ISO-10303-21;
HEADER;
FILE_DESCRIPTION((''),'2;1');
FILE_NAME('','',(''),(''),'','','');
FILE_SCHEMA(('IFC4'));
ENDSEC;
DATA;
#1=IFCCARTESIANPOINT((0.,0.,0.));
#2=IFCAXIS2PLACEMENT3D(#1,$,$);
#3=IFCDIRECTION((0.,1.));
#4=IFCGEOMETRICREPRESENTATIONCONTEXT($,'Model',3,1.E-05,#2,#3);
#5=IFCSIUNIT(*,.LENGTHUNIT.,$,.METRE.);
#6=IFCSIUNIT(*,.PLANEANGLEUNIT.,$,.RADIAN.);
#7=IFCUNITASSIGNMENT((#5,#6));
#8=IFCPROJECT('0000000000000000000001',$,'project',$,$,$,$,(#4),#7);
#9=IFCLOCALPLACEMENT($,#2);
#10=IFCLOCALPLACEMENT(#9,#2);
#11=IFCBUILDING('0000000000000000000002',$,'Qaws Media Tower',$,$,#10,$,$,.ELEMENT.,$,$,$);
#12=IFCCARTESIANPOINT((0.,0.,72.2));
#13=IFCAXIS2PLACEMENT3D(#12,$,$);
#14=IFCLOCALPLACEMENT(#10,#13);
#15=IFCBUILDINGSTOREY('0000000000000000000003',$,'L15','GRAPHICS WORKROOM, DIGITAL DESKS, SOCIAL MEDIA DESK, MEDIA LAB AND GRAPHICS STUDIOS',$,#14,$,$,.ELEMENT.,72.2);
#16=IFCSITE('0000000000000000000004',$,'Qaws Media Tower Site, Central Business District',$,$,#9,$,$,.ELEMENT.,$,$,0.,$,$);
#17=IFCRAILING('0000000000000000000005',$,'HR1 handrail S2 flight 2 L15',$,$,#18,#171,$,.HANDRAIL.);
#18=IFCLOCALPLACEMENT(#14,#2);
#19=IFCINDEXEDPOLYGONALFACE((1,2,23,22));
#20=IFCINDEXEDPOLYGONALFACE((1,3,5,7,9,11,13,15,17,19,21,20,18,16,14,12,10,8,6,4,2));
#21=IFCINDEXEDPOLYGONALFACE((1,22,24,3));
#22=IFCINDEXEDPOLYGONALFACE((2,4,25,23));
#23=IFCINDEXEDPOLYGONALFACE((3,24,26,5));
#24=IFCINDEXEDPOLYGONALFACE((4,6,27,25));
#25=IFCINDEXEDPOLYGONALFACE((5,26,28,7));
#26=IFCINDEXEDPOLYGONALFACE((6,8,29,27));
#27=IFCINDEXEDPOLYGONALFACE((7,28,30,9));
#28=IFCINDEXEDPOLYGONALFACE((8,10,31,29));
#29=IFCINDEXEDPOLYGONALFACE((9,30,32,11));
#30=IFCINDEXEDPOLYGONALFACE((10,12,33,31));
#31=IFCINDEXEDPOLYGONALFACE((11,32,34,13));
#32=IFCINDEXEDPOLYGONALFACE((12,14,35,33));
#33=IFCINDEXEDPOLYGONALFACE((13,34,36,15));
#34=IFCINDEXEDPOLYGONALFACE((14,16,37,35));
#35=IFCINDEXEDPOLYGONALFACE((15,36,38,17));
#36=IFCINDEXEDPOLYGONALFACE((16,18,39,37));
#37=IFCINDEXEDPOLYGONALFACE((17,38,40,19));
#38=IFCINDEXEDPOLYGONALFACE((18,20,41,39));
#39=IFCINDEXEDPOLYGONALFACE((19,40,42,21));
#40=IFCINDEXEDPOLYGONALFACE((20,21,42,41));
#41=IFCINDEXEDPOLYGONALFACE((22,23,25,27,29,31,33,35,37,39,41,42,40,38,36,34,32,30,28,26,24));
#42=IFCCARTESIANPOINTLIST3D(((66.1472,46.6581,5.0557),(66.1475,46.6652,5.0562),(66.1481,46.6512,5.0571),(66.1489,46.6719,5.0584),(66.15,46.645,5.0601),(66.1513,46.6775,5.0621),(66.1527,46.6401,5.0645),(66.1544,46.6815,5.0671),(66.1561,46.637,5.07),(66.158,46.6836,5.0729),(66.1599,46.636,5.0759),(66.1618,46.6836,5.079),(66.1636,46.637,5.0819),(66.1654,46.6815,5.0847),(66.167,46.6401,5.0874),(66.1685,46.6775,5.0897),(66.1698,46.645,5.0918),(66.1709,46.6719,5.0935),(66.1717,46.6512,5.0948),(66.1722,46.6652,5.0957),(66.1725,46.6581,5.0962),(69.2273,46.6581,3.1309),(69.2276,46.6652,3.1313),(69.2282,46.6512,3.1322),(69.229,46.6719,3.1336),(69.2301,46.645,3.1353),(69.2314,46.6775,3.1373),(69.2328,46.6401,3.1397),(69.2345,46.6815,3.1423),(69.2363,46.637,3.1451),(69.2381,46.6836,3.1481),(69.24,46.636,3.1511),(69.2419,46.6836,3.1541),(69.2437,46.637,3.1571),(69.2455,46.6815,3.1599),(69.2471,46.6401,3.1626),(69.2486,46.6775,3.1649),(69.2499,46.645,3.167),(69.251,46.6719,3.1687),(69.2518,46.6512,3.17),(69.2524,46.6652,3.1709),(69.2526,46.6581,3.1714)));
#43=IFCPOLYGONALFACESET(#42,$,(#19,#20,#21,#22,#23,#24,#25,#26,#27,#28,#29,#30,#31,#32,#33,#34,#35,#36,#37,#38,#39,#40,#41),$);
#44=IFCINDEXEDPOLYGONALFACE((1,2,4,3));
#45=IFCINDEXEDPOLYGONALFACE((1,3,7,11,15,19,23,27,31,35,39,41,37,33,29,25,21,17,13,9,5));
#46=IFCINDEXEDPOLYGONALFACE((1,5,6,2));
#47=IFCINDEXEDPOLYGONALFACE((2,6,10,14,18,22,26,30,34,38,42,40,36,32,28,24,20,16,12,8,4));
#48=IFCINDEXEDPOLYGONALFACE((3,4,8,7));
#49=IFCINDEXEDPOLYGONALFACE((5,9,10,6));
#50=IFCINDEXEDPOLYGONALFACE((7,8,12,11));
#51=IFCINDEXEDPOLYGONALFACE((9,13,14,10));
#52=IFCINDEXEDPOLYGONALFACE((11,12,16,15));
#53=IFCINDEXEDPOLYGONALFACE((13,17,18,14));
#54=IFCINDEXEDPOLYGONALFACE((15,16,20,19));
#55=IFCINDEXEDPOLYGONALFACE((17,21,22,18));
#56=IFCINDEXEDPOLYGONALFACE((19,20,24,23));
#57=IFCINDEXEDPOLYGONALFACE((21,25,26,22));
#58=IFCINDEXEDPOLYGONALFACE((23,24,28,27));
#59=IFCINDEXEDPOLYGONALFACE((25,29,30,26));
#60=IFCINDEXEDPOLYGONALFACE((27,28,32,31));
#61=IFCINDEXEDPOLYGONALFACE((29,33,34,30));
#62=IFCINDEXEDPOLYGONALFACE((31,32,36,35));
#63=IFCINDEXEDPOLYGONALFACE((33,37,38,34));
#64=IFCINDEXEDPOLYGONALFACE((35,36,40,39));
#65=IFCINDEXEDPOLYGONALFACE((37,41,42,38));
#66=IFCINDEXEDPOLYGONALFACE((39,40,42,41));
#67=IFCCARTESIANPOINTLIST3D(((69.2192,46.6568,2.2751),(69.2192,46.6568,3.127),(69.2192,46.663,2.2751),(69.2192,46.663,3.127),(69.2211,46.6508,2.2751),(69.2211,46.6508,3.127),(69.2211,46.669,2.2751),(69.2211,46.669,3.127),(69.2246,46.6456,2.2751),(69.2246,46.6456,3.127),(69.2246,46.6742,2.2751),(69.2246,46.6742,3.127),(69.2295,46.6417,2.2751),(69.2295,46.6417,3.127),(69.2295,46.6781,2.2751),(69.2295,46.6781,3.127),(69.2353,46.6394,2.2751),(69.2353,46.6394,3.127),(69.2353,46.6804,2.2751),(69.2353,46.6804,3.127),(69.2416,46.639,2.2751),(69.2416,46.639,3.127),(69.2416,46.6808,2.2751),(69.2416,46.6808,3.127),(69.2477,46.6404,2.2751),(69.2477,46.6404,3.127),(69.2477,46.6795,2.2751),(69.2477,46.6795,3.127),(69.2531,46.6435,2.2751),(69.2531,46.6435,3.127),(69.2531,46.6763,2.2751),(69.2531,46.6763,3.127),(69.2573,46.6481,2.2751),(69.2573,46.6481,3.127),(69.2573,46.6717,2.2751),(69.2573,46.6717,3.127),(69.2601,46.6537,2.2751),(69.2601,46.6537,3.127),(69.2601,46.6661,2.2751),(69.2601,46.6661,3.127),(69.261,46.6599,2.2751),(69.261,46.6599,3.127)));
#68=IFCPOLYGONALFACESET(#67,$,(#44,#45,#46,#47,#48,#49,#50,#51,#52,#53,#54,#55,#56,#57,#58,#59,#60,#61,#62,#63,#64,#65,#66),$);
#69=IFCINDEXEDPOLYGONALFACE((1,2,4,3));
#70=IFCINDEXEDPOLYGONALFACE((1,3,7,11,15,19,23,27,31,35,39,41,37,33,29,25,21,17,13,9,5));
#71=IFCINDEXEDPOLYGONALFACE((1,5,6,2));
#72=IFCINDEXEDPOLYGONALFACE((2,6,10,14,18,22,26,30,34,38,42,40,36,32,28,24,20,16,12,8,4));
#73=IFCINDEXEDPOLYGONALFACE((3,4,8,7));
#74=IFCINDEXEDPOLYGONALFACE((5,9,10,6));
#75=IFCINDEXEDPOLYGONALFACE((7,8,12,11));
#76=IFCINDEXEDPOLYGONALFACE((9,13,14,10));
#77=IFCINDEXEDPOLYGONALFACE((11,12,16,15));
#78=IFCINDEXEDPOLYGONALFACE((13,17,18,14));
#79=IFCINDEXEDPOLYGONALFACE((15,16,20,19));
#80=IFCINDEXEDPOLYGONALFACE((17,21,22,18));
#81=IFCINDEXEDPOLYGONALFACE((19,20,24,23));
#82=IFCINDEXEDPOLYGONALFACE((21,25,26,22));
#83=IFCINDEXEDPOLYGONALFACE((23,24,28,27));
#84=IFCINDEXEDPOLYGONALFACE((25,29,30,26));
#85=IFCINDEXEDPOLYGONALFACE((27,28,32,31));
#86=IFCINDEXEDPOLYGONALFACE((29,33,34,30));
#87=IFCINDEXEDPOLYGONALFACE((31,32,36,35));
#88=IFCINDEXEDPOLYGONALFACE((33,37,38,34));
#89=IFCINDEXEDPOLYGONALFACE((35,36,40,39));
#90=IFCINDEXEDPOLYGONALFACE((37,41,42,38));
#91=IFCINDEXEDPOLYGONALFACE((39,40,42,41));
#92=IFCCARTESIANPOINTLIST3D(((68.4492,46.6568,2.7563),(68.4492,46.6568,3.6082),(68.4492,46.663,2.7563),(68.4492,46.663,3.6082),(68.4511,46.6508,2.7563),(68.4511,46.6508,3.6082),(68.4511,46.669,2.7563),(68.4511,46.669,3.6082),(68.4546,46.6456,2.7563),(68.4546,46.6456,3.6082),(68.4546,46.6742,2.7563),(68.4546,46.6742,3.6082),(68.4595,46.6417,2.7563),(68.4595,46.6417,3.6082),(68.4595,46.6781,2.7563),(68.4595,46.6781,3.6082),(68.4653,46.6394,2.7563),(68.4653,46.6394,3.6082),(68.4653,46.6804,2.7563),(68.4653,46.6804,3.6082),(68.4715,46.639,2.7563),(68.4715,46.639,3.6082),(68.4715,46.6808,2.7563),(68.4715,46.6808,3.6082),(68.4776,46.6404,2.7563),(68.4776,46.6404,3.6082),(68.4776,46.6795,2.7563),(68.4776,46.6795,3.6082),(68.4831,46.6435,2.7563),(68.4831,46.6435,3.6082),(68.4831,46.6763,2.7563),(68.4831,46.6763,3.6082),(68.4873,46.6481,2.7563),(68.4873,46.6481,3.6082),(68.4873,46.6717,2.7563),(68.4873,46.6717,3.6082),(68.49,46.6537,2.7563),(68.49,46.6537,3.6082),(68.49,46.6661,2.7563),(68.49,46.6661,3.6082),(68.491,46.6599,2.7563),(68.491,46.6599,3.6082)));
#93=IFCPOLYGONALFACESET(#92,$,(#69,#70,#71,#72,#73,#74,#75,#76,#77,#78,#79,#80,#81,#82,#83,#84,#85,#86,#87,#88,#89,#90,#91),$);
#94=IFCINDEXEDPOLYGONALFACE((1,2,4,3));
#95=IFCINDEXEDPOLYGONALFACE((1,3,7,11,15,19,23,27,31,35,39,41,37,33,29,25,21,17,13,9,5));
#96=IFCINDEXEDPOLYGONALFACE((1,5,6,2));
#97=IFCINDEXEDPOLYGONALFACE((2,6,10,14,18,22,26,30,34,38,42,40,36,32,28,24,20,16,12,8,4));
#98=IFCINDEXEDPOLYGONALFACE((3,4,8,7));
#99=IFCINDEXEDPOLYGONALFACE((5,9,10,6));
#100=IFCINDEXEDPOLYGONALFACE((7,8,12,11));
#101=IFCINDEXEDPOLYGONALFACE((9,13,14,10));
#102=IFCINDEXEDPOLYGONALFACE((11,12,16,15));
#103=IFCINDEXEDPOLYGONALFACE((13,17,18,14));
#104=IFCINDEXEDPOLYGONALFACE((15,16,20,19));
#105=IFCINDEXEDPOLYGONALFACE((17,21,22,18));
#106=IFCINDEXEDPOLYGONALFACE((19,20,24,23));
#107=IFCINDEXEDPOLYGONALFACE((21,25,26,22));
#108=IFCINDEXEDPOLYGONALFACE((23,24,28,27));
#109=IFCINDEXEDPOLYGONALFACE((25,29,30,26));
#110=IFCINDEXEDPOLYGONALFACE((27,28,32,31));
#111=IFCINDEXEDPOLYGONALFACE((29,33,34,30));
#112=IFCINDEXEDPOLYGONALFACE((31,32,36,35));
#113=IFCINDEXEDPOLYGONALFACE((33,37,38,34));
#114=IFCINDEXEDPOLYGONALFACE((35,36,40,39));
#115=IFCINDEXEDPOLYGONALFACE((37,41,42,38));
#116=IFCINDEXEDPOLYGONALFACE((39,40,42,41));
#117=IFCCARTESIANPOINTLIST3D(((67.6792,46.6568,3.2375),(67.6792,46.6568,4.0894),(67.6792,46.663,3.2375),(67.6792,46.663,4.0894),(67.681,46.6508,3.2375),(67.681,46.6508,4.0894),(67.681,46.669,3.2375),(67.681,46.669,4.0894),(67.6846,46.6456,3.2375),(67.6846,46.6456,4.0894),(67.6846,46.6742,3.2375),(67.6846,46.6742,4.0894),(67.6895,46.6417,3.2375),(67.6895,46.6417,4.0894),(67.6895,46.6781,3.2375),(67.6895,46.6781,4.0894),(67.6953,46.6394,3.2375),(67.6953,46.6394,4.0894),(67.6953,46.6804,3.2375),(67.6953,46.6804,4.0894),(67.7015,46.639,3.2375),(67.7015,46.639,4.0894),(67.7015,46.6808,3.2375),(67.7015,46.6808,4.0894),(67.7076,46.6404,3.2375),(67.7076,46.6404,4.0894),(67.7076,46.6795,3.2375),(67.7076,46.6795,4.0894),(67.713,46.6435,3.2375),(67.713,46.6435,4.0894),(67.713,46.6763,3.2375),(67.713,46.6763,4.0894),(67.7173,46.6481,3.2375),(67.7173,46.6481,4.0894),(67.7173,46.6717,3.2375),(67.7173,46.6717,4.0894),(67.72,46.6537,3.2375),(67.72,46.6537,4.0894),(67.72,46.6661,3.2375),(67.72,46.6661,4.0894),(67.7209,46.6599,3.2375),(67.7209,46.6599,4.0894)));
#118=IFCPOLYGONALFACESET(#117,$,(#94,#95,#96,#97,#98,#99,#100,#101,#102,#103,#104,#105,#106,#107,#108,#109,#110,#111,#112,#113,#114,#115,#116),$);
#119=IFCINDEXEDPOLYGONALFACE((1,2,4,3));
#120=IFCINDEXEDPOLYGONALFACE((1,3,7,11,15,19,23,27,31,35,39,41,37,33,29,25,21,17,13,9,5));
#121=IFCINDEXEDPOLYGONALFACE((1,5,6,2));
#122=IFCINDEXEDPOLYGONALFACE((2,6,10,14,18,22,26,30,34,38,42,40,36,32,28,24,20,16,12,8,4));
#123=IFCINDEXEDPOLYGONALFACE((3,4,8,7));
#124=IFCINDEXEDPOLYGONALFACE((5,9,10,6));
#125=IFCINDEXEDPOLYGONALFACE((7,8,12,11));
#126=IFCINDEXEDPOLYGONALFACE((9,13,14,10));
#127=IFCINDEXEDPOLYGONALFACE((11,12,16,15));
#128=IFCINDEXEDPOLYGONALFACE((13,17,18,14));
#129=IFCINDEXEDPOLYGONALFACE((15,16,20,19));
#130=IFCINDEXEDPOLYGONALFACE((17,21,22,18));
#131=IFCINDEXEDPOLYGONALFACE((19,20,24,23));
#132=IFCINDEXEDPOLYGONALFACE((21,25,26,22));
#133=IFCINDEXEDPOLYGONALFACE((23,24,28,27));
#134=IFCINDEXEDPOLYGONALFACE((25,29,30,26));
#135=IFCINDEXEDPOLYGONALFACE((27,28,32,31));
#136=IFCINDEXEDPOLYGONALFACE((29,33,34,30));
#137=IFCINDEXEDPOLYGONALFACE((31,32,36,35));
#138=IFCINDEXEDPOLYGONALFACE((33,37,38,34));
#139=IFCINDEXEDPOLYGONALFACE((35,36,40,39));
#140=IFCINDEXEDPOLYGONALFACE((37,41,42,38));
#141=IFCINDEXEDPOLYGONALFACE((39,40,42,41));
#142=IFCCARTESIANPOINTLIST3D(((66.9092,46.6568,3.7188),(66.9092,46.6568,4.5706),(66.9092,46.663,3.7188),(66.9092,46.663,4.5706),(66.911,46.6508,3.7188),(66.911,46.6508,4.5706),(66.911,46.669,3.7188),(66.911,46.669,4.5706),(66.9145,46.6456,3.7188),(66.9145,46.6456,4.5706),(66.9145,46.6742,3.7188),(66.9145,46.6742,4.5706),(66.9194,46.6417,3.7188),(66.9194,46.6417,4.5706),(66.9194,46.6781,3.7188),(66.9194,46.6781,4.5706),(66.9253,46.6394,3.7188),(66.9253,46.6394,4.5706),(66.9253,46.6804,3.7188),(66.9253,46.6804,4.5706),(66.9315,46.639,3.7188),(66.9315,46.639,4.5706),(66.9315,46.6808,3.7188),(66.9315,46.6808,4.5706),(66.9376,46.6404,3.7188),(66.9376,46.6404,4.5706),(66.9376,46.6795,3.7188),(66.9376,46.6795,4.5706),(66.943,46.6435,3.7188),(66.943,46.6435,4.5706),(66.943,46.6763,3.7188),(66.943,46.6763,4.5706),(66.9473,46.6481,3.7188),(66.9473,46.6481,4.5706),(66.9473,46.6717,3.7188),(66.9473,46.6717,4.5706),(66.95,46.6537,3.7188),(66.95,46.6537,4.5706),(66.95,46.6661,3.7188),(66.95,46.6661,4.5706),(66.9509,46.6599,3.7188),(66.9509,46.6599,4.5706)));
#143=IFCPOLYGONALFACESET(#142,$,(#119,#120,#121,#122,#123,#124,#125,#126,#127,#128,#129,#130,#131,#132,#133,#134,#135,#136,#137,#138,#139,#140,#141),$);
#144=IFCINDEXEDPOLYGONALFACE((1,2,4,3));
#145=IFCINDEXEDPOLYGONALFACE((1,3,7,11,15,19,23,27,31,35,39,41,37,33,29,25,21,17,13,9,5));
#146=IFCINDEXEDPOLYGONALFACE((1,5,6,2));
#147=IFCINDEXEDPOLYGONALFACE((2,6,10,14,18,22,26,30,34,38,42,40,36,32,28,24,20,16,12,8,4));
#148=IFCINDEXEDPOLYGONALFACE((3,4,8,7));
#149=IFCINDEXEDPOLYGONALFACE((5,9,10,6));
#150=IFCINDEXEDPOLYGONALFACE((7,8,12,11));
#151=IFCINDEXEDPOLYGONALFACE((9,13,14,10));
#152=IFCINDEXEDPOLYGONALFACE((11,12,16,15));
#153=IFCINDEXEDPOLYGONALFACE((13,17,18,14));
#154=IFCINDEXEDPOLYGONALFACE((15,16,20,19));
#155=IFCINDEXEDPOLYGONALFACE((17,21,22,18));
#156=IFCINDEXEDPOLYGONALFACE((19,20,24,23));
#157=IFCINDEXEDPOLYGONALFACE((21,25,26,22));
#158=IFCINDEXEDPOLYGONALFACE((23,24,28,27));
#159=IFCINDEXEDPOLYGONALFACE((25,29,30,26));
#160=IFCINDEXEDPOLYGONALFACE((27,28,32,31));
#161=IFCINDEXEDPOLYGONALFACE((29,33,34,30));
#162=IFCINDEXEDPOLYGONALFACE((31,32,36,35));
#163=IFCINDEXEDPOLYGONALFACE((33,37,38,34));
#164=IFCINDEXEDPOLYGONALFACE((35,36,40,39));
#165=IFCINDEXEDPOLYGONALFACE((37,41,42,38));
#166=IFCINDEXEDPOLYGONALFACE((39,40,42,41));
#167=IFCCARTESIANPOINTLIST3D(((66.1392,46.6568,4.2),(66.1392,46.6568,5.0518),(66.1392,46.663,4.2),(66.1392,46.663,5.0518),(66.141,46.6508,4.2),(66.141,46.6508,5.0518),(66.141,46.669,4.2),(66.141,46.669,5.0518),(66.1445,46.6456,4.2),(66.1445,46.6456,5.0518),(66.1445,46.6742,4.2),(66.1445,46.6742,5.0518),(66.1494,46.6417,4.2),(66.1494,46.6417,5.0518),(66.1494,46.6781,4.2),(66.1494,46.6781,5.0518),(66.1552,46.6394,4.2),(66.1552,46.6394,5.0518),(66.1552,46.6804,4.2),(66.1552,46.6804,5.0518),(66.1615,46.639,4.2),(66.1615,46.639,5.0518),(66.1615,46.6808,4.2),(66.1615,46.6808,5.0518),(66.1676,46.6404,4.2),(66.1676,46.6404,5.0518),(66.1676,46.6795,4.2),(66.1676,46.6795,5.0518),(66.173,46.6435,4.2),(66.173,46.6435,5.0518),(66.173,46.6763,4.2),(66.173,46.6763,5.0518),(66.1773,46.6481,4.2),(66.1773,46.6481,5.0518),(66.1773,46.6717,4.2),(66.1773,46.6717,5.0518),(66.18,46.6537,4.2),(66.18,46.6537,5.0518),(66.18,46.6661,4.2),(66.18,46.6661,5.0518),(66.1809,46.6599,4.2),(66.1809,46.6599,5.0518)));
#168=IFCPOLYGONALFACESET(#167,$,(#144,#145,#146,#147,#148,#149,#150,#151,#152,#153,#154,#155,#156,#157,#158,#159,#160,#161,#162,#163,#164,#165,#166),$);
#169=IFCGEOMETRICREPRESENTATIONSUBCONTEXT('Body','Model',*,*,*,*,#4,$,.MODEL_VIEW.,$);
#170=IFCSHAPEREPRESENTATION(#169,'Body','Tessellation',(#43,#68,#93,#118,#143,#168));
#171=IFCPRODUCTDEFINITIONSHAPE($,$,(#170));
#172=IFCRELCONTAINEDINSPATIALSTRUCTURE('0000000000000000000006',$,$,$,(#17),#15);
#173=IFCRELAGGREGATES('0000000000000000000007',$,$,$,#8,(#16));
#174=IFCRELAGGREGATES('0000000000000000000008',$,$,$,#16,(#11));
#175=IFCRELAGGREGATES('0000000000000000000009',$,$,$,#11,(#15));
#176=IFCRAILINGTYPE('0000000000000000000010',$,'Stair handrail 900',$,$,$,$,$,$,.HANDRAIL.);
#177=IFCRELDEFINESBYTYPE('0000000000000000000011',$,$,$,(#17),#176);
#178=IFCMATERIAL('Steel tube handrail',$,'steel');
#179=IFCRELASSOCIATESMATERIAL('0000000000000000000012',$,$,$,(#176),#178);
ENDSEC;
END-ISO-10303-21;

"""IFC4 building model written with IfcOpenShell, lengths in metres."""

from ifc_helpers import new_model, si_unit, direction, frame, origin, origin_2d, place, context, subcontext, project, spatial, circle, extrude, material, type_object, element, save


model = new_model("IFC4")

# Units and contexts
model_context = context("Model", 3, precision=1e-05, world=origin(), true_north=direction((0.0, 1.0)))
body_context = subcontext(model_context, "Body", "Model", "MODEL_VIEW")
ifc_project = project(units=[si_unit("LENGTHUNIT", "METRE"), si_unit("PLANEANGLEUNIT", "RADIAN")], contexts=[model_context])

# Site, building, storey
site_placement = place(None, origin())
site = spatial("IfcSite", under=ifc_project, at=site_placement, Name="Qaws Media Tower Site, Central Business District", CompositionType="ELEMENT", RefElevation=0.0)
building_placement = place(site_placement, origin())
building = spatial("IfcBuilding", under=site, at=building_placement, Name="Qaws Media Tower", CompositionType="ELEMENT")
storey_placement = place(building_placement, frame((0.0, 0.0, 72.2)))
storey = spatial("IfcBuildingStorey", under=building, at=storey_placement, Name="L15", Description="GRAPHICS WORKROOM, DIGITAL DESKS, SOCIAL MEDIA DESK, MEDIA LAB AND GRAPHICS STUDIOS", CompositionType="ELEMENT", Elevation=72.2)

# Railing
ifc_material_1 = material(Name="Steel tube handrail", Category="steel")
railing_type = type_object("IfcRailingType", Name="Stair handrail 900", PredefinedType="HANDRAIL", material=ifc_material_1)
for number, where, name in (
    (1, (69.24, 46.6599, 2.2751), "HR1 handrail S2 flight 2 L15"),
):
    element("IfcRailing", number, at=place(storey_placement, frame(where)), inside=storey, type_object=railing_type, Name=name, PredefinedType="HANDRAIL", context=body_context, shape_type="SweptSolid", body=[
        extrude(circle(Radius=0.0239, at=origin_2d()), frame((0.0, 0.0, 0.876), z_axis=(-0.848029, 0.0, 0.529951), x_axis=(0.0, -1.0, 0.0)), (0.0, 0.0, 1.0), 3.6321),
        extrude(circle(Radius=0.021, at=origin_2d()), origin(), (0.0, 0.0, 1.0), 0.8518),
        extrude(circle(Radius=0.021, at=origin_2d()), frame((-0.77, 0.0, 0.4812)), (0.0, 0.0, 1.0), 0.8518),
        extrude(circle(Radius=0.021, at=origin_2d()), frame((-1.54, 0.0, 0.9624)), (0.0, 0.0, 1.0), 0.8518),
        extrude(circle(Radius=0.021, at=origin_2d()), frame((-2.3101, 0.0, 1.4436)), (0.0, 0.0, 1.0), 0.8518),
        extrude(circle(Radius=0.021, at=origin_2d()), frame((-3.0801, 0.0, 1.9248)), (0.0, 0.0, 1.0), 0.8518),
    ])

save(model, "model.ifc")
